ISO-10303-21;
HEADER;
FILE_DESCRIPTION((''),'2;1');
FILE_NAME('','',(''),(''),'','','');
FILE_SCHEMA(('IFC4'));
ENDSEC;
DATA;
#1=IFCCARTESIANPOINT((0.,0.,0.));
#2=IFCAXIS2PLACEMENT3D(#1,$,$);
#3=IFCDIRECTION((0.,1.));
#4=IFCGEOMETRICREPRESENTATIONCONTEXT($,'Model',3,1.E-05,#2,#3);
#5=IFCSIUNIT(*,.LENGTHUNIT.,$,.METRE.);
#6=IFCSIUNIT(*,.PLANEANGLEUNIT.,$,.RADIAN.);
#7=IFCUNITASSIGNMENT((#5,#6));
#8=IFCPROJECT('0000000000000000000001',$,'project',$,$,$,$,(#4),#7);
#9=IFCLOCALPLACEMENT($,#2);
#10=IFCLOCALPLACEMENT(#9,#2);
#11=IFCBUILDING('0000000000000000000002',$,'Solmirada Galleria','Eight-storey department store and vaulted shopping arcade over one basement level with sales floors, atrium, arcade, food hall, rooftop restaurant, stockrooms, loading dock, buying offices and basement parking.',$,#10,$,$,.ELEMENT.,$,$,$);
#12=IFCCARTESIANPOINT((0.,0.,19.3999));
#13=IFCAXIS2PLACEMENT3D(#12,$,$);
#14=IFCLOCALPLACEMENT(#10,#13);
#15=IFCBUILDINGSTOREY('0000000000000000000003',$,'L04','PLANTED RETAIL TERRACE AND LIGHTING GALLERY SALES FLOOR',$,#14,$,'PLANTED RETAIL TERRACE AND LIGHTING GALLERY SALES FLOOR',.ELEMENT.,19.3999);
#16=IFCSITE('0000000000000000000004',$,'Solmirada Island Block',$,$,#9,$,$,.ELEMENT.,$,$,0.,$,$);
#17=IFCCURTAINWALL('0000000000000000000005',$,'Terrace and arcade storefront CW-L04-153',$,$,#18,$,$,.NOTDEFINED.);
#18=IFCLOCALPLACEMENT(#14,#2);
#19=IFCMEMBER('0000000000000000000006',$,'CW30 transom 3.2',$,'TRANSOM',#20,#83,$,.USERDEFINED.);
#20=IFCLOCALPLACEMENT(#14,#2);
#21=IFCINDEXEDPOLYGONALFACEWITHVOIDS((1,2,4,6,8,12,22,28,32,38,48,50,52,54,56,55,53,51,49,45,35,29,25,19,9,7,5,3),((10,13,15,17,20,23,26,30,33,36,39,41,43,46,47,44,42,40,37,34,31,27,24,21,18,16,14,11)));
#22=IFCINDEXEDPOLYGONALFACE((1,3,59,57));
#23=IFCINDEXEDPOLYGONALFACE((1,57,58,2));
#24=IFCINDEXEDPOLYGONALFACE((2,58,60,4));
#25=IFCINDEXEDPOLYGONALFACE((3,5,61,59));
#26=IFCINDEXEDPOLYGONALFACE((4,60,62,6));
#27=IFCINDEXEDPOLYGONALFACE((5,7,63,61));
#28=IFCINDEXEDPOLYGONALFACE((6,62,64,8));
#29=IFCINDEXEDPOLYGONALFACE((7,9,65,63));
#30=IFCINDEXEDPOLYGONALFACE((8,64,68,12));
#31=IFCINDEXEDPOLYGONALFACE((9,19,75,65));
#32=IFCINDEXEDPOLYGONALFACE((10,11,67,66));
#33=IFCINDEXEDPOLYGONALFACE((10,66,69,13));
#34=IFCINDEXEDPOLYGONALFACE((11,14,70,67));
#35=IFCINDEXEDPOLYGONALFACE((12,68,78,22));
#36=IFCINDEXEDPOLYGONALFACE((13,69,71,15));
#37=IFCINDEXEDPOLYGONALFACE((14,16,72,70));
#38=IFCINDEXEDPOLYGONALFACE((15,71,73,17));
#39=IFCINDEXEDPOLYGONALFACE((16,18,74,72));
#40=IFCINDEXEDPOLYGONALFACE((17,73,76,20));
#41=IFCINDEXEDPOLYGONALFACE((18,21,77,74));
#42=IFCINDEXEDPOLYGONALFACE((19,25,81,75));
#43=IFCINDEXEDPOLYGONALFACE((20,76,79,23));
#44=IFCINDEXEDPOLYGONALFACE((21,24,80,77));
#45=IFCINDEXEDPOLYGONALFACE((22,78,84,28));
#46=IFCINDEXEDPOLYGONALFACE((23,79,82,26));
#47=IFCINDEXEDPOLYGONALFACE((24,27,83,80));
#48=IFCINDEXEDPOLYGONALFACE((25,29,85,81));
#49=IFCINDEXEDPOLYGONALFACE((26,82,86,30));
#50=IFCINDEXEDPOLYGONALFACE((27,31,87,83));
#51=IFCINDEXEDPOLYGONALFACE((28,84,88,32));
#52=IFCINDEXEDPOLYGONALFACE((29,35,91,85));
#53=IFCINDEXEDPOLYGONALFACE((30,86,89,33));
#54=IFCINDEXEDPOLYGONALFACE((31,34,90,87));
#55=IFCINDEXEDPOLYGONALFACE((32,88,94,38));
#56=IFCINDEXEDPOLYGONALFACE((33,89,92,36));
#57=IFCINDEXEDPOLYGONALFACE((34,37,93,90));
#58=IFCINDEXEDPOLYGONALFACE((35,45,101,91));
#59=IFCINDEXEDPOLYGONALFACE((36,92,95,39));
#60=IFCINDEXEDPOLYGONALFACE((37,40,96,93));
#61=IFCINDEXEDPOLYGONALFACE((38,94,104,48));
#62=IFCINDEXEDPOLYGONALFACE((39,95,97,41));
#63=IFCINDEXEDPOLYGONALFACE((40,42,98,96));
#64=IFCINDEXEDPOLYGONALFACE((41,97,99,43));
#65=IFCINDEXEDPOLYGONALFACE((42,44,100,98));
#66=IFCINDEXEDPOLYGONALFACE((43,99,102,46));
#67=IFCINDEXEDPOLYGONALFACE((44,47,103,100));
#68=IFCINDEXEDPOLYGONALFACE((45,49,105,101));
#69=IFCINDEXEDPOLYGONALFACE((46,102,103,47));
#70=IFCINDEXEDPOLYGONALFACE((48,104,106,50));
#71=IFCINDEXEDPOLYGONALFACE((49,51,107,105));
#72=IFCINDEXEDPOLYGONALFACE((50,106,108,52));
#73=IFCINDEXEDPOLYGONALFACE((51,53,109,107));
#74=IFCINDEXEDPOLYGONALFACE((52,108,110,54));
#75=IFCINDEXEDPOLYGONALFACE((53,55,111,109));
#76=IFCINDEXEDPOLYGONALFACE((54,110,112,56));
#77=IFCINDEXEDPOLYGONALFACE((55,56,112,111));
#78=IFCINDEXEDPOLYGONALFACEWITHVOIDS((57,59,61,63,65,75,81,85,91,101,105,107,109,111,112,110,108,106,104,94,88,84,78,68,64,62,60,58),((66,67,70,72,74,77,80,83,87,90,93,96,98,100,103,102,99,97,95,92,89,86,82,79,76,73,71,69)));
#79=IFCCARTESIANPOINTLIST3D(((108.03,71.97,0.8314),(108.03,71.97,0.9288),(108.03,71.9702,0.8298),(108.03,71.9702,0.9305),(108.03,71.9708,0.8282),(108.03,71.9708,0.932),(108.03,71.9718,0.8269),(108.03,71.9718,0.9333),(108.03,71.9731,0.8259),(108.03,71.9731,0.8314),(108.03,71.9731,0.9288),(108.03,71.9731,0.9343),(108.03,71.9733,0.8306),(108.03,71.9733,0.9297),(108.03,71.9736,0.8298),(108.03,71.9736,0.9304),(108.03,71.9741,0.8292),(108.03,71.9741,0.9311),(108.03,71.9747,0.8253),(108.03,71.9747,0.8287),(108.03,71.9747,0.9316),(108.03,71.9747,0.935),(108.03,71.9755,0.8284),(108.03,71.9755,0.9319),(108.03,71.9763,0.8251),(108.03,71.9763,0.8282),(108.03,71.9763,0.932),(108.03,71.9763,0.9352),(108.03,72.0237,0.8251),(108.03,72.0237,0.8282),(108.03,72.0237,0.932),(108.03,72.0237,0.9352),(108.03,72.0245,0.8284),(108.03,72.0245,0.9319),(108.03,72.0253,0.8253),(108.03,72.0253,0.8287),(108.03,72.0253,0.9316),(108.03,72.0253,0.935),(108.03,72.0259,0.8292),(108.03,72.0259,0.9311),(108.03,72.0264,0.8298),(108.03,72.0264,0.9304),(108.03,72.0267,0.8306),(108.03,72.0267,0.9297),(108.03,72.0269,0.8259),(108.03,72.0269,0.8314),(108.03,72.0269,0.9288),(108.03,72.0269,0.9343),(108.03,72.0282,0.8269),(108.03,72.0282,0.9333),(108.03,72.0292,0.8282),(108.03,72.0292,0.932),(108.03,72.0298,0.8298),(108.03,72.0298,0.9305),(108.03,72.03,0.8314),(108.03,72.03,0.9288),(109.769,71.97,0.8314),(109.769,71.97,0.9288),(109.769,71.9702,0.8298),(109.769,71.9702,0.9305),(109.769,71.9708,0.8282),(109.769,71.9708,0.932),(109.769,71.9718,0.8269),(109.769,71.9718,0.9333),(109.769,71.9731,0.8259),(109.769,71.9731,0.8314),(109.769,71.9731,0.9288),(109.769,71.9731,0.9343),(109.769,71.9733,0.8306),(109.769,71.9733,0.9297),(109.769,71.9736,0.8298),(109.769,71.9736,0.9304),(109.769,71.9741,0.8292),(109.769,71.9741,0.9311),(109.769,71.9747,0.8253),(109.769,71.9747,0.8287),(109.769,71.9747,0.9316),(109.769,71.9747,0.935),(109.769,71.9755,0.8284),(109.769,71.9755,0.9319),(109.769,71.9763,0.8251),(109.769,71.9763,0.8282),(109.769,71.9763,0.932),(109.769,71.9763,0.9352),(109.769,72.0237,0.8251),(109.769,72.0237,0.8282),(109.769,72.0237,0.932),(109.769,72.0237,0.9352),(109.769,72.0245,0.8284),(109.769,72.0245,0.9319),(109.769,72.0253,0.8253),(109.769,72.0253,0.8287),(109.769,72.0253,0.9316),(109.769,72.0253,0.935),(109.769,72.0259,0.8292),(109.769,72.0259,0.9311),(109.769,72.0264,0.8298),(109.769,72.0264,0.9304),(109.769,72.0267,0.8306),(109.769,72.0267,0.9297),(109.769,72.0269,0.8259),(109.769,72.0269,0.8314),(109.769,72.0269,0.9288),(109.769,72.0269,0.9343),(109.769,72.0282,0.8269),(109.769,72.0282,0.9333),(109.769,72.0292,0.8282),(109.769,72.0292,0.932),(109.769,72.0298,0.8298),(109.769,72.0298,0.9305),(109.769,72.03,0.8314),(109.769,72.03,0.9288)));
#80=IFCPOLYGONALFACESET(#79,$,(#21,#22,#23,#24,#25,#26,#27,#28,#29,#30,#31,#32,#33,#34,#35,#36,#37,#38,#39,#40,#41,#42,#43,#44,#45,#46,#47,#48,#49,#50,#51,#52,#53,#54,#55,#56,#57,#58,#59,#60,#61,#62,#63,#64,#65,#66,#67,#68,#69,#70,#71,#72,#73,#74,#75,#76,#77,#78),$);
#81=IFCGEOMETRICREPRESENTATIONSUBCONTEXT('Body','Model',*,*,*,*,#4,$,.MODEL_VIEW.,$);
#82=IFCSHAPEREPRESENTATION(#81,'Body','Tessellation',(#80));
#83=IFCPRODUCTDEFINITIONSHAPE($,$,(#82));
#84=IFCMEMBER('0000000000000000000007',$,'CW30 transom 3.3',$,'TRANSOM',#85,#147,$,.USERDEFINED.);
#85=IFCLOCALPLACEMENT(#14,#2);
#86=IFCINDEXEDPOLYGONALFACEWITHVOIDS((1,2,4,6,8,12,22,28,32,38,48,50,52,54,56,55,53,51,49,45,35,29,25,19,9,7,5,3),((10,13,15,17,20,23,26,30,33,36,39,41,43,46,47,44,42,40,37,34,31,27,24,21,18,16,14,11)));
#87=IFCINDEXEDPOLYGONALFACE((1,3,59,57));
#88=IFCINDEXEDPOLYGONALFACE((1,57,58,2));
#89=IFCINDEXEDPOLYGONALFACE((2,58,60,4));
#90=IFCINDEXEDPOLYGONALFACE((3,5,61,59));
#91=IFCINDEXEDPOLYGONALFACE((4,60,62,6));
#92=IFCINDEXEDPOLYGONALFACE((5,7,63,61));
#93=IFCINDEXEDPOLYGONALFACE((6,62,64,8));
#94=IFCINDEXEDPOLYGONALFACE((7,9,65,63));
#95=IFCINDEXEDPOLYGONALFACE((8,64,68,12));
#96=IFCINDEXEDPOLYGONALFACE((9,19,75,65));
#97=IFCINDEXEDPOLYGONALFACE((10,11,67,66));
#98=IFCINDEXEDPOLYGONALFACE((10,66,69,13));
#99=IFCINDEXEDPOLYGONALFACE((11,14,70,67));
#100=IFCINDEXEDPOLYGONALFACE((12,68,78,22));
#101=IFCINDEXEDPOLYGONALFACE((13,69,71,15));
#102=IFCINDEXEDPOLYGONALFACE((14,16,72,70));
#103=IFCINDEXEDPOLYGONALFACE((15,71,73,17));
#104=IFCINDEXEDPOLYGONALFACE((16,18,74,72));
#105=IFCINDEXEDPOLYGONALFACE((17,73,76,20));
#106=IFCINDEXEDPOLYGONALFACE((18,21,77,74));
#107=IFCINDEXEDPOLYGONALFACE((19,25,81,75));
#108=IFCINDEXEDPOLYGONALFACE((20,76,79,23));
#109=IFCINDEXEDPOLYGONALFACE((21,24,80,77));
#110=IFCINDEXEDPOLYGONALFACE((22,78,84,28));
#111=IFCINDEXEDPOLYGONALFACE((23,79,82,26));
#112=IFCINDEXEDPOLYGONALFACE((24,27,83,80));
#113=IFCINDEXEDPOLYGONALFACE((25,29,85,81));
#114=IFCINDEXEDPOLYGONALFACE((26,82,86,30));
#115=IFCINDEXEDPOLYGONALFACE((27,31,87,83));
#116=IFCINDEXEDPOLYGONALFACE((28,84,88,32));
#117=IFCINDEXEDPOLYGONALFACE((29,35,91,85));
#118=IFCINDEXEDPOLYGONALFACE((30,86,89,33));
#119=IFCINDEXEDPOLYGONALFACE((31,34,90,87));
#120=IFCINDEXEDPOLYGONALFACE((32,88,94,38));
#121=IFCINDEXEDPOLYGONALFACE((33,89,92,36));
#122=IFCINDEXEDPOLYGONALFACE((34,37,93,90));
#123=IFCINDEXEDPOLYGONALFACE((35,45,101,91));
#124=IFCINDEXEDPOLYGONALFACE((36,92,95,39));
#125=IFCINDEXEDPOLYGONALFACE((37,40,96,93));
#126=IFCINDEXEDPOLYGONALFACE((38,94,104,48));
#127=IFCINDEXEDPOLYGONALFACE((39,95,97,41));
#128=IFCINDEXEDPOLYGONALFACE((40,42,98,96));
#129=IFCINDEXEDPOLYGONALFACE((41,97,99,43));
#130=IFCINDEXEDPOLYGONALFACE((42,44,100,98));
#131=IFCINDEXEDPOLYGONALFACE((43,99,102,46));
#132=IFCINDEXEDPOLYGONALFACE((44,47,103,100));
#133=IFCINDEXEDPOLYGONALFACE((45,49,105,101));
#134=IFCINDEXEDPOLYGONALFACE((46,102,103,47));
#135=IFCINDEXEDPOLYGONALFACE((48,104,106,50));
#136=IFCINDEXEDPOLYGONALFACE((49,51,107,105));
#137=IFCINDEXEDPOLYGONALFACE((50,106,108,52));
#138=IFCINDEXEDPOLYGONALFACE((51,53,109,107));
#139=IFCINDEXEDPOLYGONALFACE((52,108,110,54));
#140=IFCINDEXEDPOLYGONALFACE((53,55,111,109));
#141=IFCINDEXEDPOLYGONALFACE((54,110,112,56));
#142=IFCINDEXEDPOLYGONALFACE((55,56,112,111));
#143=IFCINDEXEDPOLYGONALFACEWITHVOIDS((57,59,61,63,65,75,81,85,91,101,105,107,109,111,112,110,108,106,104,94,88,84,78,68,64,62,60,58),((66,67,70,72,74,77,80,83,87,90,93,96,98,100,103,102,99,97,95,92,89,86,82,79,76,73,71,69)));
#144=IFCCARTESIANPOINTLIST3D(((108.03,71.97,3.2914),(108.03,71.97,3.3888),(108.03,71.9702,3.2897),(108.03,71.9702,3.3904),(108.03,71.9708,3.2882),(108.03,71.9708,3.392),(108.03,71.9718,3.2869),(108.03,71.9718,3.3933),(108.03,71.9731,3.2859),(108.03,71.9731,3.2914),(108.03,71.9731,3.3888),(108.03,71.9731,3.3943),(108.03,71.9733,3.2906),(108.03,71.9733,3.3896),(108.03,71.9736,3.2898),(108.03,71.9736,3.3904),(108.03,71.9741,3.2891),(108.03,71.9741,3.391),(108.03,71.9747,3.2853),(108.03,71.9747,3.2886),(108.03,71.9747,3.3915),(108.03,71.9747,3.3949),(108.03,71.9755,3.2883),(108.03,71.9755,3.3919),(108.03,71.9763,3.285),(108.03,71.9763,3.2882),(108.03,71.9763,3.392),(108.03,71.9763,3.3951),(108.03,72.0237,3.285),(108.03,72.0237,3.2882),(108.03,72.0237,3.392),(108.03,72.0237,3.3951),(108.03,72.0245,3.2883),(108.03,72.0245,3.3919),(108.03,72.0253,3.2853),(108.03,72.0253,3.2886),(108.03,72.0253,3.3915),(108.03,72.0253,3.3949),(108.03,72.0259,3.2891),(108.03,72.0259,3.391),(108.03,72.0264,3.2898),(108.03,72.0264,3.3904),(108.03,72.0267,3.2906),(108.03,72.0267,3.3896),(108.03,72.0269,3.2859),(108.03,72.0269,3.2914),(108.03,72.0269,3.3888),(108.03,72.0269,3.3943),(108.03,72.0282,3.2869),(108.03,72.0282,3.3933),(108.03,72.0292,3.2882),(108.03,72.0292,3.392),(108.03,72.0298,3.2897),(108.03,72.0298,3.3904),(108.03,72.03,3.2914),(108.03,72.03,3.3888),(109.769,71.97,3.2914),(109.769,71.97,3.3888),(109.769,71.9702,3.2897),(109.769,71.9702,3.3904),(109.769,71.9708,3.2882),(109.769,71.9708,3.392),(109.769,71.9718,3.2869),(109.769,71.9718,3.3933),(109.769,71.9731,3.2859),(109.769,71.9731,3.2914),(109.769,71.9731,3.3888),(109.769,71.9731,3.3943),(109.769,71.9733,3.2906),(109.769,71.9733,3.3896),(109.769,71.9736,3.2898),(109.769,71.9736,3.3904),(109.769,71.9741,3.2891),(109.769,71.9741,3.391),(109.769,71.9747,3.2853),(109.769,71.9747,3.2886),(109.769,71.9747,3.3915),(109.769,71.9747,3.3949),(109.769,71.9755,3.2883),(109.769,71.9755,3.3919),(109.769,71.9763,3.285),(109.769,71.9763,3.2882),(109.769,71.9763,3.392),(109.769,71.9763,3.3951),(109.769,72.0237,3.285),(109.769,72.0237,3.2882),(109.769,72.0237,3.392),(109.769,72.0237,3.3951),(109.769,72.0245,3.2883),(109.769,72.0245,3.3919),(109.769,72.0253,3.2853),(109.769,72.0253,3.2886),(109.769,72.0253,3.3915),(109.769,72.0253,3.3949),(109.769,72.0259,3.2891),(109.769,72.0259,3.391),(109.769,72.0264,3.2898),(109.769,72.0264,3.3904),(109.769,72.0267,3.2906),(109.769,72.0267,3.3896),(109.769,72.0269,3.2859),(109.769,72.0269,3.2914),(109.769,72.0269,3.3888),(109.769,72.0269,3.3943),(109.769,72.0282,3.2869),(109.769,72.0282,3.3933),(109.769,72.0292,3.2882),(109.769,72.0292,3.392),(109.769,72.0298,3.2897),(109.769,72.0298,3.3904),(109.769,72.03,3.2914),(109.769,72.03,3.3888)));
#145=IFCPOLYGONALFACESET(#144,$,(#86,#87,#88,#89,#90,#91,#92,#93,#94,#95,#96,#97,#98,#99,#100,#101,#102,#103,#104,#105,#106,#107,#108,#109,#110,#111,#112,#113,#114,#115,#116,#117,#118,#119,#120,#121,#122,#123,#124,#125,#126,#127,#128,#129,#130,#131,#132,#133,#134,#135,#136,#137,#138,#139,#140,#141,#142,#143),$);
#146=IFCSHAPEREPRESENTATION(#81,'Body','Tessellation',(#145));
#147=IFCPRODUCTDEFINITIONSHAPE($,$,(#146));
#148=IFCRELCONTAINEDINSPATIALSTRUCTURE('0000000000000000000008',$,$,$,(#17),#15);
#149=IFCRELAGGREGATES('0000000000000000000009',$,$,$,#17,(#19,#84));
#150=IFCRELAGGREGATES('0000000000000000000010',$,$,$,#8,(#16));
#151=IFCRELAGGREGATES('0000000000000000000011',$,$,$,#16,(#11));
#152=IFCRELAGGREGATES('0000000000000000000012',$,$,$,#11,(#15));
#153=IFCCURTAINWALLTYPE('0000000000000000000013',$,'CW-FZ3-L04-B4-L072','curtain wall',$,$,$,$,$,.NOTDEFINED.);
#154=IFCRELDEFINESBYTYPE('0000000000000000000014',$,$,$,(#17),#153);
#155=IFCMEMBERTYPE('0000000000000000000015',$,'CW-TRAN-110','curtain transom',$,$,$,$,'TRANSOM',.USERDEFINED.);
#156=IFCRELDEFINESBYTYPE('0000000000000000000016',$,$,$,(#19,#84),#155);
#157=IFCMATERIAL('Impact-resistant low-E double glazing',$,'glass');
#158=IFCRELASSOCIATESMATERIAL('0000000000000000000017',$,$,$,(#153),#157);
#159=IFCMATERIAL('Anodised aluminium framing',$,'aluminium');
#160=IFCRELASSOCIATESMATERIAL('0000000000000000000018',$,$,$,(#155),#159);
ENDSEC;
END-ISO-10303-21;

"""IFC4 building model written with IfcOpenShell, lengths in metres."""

from ifc_helpers import new_model, si_unit, direction, frame, origin, origin_2d, place, context, subcontext, project, spatial, hollow_rectangle, extrude, material, material_profile, profile_set, type_object, element, aggregate, save


model = new_model("IFC4")

# Units and contexts
model_context = context("Model", 3, precision=1e-05, world=origin(), true_north=direction((0.0, 1.0)))
body_context = subcontext(model_context, "Body", "Model", "MODEL_VIEW")
ifc_project = project(units=[si_unit("LENGTHUNIT", "METRE"), si_unit("PLANEANGLEUNIT", "RADIAN")], contexts=[model_context])

# Site, building, storey
site_placement = place(None, origin())
site = spatial("IfcSite", under=ifc_project, at=site_placement, Name="Solmirada Island Block", CompositionType="ELEMENT", RefElevation=0.0)
building_placement = place(site_placement, origin())
building = spatial("IfcBuilding", under=site, at=building_placement, Name="Solmirada Galleria", Description="Eight-storey department store and vaulted shopping arcade over one basement level with sales floors, atrium, arcade, food hall, rooftop restaurant, stockrooms, loading dock, buying offices and basement parking.", CompositionType="ELEMENT")
storey_placement = place(building_placement, frame((0.0, 0.0, 19.3999)))
storey = spatial("IfcBuildingStorey", under=building, at=storey_placement, Name="L04", Description="PLANTED RETAIL TERRACE AND LIGHTING GALLERY SALES FLOOR", LongName="PLANTED RETAIL TERRACE AND LIGHTING GALLERY SALES FLOOR", CompositionType="ELEMENT", Elevation=19.3999)

# Curtain wall, members
ifc_material_1 = material(Name="Impact-resistant low-E double glazing", Category="glass")
curtain_wall_type = type_object("IfcCurtainWallType", Name="CW-FZ3-L04-B4-L072", Description="curtain wall", PredefinedType="NOTDEFINED", material=ifc_material_1)
curtain_wall_placement = place(storey_placement, origin())
curtain_wall = element("IfcCurtainWall", 1, at=curtain_wall_placement, inside=storey, type_object=curtain_wall_type, Name="Terrace and arcade storefront CW-L04-153", PredefinedType="NOTDEFINED")
ifc_material_2 = material(Name="Anodised aluminium framing", Category="aluminium")
ifc_material_profile_1 = material_profile(ifc_material_2, hollow_rectangle(XDim=0.0601, YDim=0.1101, WallThickness=0.0032, InnerFilletRadius=0.0032, OuterFilletRadius=0.0063, at=origin_2d()), Name="ALU-TRAN-110X60")
ifc_profile_set_1 = profile_set([ifc_material_profile_1], Name="Anodised aluminium framing")
member_type_1 = type_object("IfcMemberType", Name="CW-TRAN-110", Description="curtain transom", ElementType="TRANSOM", PredefinedType="USERDEFINED", material=ifc_profile_set_1)
member_1_placement = place(storey_placement, frame((108.03, 72.0, 0.8801), z_axis=(1.0, 0.0, 0.0), x_axis=(0.0, 1.0, 0.0)))
member_1 = element("IfcMember", 2, at=member_1_placement, type_object=member_type_1, Name="CW30 transom 3.2", ObjectType="TRANSOM", PredefinedType="USERDEFINED", context=body_context, shape_type="SweptSolid", body=[
    extrude(hollow_rectangle(XDim=0.0601, YDim=0.1101, WallThickness=0.0032, InnerFilletRadius=0.0032, OuterFilletRadius=0.0063, at=origin_2d()), origin(), (0.0, 0.0, 1.0), 1.739),
])
member_2_placement = place(storey_placement, frame((108.03, 72.0, 3.3401), z_axis=(1.0, 0.0, 0.0), x_axis=(0.0, 1.0, 0.0)))
member_2 = element("IfcMember", 3, at=member_2_placement, type_object=member_type_1, Name="CW30 transom 3.3", ObjectType="TRANSOM", PredefinedType="USERDEFINED", context=body_context, shape_type="SweptSolid", body=[
    extrude(hollow_rectangle(XDim=0.0601, YDim=0.1101, WallThickness=0.0032, InnerFilletRadius=0.0032, OuterFilletRadius=0.0063, at=origin_2d()), origin(), (0.0, 0.0, 1.0), 1.739),
])
aggregate(curtain_wall, [member_1, member_2])

save(model, "model.ifc")
